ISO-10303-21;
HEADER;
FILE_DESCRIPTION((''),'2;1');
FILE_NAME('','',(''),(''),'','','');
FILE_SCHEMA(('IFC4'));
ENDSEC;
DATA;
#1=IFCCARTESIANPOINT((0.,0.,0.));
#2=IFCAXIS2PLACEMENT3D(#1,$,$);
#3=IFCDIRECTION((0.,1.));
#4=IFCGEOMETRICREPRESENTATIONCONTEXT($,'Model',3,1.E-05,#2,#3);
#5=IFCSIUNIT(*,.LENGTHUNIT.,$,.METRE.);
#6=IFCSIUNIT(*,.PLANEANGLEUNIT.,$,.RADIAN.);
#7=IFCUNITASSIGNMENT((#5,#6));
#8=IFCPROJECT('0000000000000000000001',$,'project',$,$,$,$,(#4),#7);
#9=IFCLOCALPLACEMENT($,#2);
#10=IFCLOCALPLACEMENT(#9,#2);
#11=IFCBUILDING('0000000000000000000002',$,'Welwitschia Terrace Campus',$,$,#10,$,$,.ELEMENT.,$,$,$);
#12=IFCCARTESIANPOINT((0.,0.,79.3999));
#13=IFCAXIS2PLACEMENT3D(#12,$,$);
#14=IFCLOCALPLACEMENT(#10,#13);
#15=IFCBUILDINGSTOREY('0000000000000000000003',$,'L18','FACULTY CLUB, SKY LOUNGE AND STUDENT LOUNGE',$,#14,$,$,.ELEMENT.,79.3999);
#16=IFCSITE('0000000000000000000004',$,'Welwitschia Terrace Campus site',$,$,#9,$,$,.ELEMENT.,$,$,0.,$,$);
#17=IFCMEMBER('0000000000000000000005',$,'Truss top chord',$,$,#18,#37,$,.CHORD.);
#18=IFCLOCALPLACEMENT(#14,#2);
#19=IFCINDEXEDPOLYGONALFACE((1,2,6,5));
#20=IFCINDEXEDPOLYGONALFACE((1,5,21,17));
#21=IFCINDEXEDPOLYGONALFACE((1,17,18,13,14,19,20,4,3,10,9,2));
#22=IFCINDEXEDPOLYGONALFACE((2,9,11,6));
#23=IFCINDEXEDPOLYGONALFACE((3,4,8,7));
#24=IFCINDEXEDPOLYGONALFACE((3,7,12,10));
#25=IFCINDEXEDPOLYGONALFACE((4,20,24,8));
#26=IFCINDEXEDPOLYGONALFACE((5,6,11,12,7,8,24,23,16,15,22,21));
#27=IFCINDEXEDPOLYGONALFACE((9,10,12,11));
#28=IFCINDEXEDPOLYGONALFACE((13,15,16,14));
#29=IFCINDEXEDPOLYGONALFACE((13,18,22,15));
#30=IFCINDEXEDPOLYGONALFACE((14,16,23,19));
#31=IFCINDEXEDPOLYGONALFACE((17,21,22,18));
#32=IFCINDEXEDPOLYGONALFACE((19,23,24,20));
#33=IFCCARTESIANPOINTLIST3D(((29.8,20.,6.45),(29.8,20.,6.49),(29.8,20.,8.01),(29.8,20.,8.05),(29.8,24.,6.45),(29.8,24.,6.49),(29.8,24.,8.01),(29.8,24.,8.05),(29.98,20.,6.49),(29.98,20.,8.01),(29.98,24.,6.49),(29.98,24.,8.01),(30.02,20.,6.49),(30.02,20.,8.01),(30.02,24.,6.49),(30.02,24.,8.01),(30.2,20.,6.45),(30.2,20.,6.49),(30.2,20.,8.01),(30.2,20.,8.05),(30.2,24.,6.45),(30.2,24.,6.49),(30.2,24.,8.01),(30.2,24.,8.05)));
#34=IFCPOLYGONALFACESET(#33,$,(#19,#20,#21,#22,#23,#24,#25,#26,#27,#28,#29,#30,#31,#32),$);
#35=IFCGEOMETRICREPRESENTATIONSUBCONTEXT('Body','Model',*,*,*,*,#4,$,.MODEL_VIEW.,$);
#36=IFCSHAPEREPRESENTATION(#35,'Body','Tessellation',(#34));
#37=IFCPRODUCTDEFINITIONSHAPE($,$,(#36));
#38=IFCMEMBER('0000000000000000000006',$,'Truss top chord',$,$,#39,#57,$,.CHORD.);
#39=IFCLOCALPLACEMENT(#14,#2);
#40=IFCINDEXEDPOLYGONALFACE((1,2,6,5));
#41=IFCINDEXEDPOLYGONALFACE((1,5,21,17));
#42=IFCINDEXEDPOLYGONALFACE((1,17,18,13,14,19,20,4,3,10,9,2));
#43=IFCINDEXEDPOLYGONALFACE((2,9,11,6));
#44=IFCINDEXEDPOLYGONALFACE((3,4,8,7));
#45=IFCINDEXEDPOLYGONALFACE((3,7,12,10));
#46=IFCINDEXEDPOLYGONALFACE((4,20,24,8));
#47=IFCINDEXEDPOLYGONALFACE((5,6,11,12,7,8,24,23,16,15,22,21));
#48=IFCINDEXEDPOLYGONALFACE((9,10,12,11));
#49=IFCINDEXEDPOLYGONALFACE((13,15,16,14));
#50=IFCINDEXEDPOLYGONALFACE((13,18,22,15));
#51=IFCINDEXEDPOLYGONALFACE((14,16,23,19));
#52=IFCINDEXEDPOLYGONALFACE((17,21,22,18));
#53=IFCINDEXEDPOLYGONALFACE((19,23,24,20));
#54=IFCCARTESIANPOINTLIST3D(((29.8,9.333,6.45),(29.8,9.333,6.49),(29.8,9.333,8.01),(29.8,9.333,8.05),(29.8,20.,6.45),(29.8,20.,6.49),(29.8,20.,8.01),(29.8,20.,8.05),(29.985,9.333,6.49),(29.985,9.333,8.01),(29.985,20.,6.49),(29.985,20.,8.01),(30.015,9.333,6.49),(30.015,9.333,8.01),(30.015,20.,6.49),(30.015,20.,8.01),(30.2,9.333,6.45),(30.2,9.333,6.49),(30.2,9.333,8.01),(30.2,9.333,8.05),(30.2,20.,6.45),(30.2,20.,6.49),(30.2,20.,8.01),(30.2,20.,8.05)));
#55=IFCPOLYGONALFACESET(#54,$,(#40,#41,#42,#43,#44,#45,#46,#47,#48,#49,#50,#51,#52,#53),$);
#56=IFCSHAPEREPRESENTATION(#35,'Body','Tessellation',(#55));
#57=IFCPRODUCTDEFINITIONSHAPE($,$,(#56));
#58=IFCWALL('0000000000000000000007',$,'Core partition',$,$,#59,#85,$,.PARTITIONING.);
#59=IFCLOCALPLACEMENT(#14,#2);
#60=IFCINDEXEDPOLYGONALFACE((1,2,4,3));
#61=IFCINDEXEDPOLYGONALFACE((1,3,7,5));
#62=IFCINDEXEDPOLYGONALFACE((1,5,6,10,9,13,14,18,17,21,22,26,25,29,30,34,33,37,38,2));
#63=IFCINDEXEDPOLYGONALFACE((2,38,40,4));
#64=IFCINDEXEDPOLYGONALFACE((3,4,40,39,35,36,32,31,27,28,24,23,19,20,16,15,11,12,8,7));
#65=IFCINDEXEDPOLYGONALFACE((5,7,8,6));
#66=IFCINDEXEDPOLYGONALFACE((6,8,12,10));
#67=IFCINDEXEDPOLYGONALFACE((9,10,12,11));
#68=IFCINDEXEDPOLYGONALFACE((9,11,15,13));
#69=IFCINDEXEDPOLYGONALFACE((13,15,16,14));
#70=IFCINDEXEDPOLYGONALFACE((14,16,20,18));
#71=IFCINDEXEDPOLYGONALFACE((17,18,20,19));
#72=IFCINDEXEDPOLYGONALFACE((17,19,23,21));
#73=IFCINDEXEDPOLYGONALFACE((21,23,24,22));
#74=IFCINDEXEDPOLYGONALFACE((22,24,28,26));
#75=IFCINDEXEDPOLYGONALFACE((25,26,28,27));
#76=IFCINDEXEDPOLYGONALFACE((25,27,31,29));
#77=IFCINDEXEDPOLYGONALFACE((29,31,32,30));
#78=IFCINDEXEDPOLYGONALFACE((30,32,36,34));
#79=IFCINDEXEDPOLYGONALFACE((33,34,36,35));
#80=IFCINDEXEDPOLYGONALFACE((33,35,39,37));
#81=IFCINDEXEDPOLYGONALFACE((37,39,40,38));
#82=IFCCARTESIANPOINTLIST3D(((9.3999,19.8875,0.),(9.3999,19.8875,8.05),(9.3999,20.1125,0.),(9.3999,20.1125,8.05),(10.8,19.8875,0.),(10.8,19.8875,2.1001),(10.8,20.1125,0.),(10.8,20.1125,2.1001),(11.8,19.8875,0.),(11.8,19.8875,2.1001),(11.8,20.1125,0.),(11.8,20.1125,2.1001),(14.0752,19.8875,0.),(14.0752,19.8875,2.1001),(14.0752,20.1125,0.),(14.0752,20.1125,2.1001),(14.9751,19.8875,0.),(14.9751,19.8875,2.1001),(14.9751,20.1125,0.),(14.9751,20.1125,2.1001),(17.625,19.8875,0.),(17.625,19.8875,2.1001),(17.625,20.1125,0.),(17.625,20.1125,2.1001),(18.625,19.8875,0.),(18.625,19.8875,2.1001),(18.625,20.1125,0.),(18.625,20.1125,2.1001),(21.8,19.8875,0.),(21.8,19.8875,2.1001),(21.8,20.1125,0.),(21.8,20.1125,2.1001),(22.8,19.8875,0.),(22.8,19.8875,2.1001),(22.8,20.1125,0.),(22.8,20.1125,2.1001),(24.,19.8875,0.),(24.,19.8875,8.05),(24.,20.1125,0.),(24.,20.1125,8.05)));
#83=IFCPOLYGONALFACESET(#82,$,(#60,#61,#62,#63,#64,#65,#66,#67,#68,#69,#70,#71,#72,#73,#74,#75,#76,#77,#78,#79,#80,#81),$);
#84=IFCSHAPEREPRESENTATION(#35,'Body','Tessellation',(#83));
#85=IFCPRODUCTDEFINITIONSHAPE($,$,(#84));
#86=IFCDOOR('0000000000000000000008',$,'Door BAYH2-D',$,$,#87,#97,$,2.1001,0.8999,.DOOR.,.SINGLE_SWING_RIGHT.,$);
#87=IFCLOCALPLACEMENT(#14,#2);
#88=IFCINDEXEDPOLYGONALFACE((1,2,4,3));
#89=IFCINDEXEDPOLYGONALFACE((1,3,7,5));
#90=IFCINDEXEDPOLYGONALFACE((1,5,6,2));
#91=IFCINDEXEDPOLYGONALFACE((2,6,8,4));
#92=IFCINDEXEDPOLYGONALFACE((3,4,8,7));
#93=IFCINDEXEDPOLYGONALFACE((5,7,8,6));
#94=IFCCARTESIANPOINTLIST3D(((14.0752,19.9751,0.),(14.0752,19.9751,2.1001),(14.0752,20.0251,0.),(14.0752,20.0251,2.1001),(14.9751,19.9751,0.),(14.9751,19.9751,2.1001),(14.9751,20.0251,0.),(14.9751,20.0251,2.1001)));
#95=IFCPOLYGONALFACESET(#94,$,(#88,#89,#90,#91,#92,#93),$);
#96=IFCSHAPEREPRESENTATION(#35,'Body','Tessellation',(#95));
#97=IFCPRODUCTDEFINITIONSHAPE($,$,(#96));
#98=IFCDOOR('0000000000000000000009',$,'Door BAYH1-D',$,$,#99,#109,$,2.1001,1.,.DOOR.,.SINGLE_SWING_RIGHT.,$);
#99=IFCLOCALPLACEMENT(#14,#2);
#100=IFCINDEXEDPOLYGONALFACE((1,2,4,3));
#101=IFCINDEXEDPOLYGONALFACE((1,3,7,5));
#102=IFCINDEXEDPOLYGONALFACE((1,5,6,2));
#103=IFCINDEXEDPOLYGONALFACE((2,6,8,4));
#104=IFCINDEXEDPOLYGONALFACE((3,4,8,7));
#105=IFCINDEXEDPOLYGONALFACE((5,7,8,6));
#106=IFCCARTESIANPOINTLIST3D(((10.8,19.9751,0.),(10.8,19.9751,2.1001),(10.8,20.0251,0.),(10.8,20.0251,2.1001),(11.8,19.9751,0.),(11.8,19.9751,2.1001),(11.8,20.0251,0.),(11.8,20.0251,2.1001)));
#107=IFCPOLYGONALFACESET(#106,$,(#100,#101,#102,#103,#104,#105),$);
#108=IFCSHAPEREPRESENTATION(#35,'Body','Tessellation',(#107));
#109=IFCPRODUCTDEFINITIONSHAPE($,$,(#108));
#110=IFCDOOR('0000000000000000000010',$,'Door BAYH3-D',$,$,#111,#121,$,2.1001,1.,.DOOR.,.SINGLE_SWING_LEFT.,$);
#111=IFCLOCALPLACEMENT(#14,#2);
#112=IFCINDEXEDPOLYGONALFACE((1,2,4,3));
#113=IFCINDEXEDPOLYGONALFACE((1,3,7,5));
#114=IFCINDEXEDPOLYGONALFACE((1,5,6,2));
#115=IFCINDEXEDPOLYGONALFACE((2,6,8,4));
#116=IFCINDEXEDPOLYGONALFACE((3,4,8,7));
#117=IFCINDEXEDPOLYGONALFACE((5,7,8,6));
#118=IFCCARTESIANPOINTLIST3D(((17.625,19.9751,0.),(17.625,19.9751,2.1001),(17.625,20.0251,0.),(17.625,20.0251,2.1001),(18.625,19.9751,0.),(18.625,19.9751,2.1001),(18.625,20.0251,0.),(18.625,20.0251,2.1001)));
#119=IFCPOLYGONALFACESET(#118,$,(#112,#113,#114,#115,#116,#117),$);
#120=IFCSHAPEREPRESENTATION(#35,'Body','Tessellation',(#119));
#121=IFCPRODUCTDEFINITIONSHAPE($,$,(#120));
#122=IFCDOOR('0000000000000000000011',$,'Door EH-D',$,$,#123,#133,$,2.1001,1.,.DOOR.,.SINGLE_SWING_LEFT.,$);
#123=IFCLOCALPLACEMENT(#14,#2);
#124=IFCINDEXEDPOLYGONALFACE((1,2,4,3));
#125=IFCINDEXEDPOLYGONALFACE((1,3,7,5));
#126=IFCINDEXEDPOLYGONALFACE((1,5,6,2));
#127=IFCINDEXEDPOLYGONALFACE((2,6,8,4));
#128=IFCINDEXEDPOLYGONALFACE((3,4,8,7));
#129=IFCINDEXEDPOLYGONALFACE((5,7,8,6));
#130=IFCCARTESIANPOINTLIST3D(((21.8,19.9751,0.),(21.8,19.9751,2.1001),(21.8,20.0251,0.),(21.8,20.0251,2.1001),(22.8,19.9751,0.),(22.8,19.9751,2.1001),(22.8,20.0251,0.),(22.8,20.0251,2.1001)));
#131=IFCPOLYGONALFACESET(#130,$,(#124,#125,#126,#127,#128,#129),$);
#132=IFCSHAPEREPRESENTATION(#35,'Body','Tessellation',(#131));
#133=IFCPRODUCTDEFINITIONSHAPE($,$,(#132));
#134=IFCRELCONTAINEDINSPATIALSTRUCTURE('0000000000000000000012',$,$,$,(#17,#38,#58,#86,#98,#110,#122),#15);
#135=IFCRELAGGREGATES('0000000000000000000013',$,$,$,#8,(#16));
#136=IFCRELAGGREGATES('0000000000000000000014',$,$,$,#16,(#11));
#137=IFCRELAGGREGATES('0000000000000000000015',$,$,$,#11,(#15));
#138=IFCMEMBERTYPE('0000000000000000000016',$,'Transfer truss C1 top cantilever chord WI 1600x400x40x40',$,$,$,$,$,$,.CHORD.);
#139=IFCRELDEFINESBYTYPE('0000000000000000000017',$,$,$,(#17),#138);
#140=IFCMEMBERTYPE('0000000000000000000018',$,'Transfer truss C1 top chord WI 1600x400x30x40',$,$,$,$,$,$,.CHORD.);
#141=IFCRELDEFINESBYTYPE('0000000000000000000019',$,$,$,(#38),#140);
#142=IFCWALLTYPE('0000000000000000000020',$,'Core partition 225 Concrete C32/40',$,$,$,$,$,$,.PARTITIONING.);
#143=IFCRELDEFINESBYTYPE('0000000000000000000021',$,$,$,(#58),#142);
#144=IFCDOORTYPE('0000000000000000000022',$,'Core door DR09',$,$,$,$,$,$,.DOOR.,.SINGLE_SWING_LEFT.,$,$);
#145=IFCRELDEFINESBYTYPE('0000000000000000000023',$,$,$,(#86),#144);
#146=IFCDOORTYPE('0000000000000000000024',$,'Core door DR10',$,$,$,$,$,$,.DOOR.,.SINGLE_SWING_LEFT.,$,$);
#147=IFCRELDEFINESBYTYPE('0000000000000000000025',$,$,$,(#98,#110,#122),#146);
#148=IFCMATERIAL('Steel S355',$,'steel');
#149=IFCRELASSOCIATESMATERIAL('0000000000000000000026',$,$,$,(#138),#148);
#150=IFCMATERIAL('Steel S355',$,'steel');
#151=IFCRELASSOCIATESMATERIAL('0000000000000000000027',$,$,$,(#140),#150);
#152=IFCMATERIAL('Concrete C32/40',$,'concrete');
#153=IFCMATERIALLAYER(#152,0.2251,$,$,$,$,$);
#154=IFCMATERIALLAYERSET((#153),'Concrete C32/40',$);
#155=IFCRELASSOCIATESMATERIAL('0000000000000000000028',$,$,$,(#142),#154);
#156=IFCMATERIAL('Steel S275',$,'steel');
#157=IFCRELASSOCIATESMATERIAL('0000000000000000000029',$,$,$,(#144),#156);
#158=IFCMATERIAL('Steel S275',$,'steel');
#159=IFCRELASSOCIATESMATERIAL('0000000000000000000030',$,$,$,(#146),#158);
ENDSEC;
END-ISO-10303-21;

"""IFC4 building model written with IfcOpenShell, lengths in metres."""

from ifc_helpers import new_model, si_unit, direction, frame, frame_2d, origin, origin_2d, place, context, subcontext, project, spatial, rectangle, i_section, extrude, material, layer, layer_set, material_profile, profile_set, type_object, element, fill, save


model = new_model("IFC4")

# Units and contexts
model_context = context("Model", 3, precision=1e-05, world=origin(), true_north=direction((0.0, 1.0)))
body_context = subcontext(model_context, "Body", "Model", "MODEL_VIEW")
ifc_project = project(units=[si_unit("LENGTHUNIT", "METRE"), si_unit("PLANEANGLEUNIT", "RADIAN")], contexts=[model_context])

# Site, building, storey
site_placement = place(None, origin())
site = spatial("IfcSite", under=ifc_project, at=site_placement, Name="Welwitschia Terrace Campus site", CompositionType="ELEMENT", RefElevation=0.0)
building_placement = place(site_placement, origin())
building = spatial("IfcBuilding", under=site, at=building_placement, Name="Welwitschia Terrace Campus", CompositionType="ELEMENT")
storey_placement = place(building_placement, frame((0.0, 0.0, 79.3999)))
storey = spatial("IfcBuildingStorey", under=building, at=storey_placement, Name="L18", Description="FACULTY CLUB, SKY LOUNGE AND STUDENT LOUNGE", CompositionType="ELEMENT", Elevation=79.3999)

# Members
ifc_material_1 = material(Name="Steel S355", Category="steel")
ifc_material_profile_1 = material_profile(ifc_material_1, i_section(OverallWidth=0.3999, OverallDepth=1.6001, WebThickness=0.04, FlangeThickness=0.04, at=origin_2d()))
ifc_profile_set_1 = profile_set([ifc_material_profile_1], Name="Steel S355")
member_type_1 = type_object("IfcMemberType", Name="Transfer truss C1 top cantilever chord WI 1600x400x40x40", PredefinedType="CHORD", material=ifc_profile_set_1)
member_1_placement = place(storey_placement, frame((30.0, 20.0, 7.25), z_axis=(0.0, 1.0, 0.0), x_axis=(-1.0, 0.0, 0.0)))
element("IfcMember", 1, at=member_1_placement, inside=storey, type_object=member_type_1, Name="Truss top chord", PredefinedType="CHORD", context=body_context, shape_type="SweptSolid", body=[
    extrude(i_section(OverallWidth=0.3999, OverallDepth=1.6001, WebThickness=0.04, FlangeThickness=0.04, at=origin_2d()), origin(), (0.0, 0.0, 1.0), 4.0),
])
ifc_material_2 = material(Name="Steel S355", Category="steel")
ifc_material_profile_2 = material_profile(ifc_material_2, i_section(OverallWidth=0.3999, OverallDepth=1.6001, WebThickness=0.03, FlangeThickness=0.04, at=origin_2d()))
ifc_profile_set_2 = profile_set([ifc_material_profile_2], Name="Steel S355")
member_type_2 = type_object("IfcMemberType", Name="Transfer truss C1 top chord WI 1600x400x30x40", PredefinedType="CHORD", material=ifc_profile_set_2)
member_2_placement = place(storey_placement, frame((30.0, 9.333, 7.25), z_axis=(0.0, 1.0, 0.0), x_axis=(-1.0, 0.0, 0.0)))
element("IfcMember", 2, at=member_2_placement, inside=storey, type_object=member_type_2, Name="Truss top chord", PredefinedType="CHORD", context=body_context, shape_type="SweptSolid", body=[
    extrude(i_section(OverallWidth=0.3999, OverallDepth=1.6001, WebThickness=0.03, FlangeThickness=0.04, at=origin_2d()), origin(), (0.0, 0.0, 1.0), 10.667),
])

# Wall, openings, doors
ifc_material_3 = material(Name="Concrete C32/40", Category="concrete")
ifc_layer_1 = layer(ifc_material_3, 0.2251)
ifc_layer_set_1 = layer_set([ifc_layer_1], Name="Concrete C32/40")
wall_type_1 = type_object("IfcWallType", Name="Core partition 225 Concrete C32/40", PredefinedType="PARTITIONING", material=ifc_layer_set_1)
wall_1_placement = place(storey_placement, frame((24.0, 20.0, 0.0), z_axis=(0.0, 0.0, 1.0), x_axis=(-1.0, 0.0, 0.0)))
wall_1 = element("IfcWall", 3, at=wall_1_placement, inside=storey, type_object=wall_type_1, Name="Core partition", PredefinedType="PARTITIONING", context=body_context, shape_type="SweptSolid", body=[
    extrude(rectangle(XDim=14.6001, YDim=0.2251, at=frame_2d((7.3, 0.0))), origin(), (0.0, 0.0, 1.0), 8.05),
])
opening_1_placement = place(wall_1_placement, frame((12.2, 0.0, 0.0)))
opening_1 = element("IfcOpeningElement", 4, at=opening_1_placement, cuts=wall_1, PredefinedType="OPENING", context=body_context, shape_type="SweptSolid", body=[
    extrude(rectangle(XDim=1.0, YDim=2.1001, at=frame_2d((0.5, 1.05))), frame((0.0, 0.1226, 0.0), z_axis=(0.0, -1.0, 0.0), x_axis=(1.0, 0.0, 0.0)), (0.0, 0.0, 1.0), 0.2451),
])
opening_2_placement = place(wall_1_placement, frame((9.0249, 0.0, 0.0)))
opening_2 = element("IfcOpeningElement", 5, at=opening_2_placement, cuts=wall_1, PredefinedType="OPENING", context=body_context, shape_type="SweptSolid", body=[
    extrude(rectangle(XDim=0.8999, YDim=2.1001, at=frame_2d((0.45, 1.05))), frame((0.0, 0.1226, 0.0), z_axis=(0.0, -1.0, 0.0), x_axis=(1.0, 0.0, 0.0)), (0.0, 0.0, 1.0), 0.2451),
])
opening_3_placement = place(wall_1_placement, frame((5.375, 0.0, 0.0)))
opening_3 = element("IfcOpeningElement", 6, at=opening_3_placement, cuts=wall_1, PredefinedType="OPENING", context=body_context, shape_type="SweptSolid", body=[
    extrude(rectangle(XDim=1.0, YDim=2.1001, at=frame_2d((0.5, 1.05))), frame((0.0, 0.1226, 0.0), z_axis=(0.0, -1.0, 0.0), x_axis=(1.0, 0.0, 0.0)), (0.0, 0.0, 1.0), 0.2451),
])
opening_4_placement = place(wall_1_placement, frame((1.2, 0.0, 0.0)))
opening_4 = element("IfcOpeningElement", 7, at=opening_4_placement, cuts=wall_1, PredefinedType="OPENING", context=body_context, shape_type="SweptSolid", body=[
    extrude(rectangle(XDim=1.0, YDim=2.1001, at=frame_2d((0.5, 1.05))), frame((0.0, 0.1226, 0.0), z_axis=(0.0, -1.0, 0.0), x_axis=(1.0, 0.0, 0.0)), (0.0, 0.0, 1.0), 0.2451),
])
ifc_material_4 = material(Name="Steel S275", Category="steel")
door_type_1 = type_object("IfcDoorType", Name="Core door DR09", OperationType="SINGLE_SWING_LEFT", PredefinedType="DOOR", material=ifc_material_4)
door_1_placement = place(opening_2_placement, origin())
door_1 = element("IfcDoor", 8, at=door_1_placement, inside=storey, type_object=door_type_1, Name="Door BAYH2-D", OperationType="SINGLE_SWING_RIGHT", OverallHeight=2.1001, OverallWidth=0.8999, PredefinedType="DOOR", context=body_context, shape_type="SweptSolid", body=[
    extrude(rectangle(XDim=0.8999, YDim=2.1001, at=frame_2d((0.45, 1.05))), frame((0.0, 0.0249, 0.0), z_axis=(0.0, -1.0, 0.0), x_axis=(1.0, 0.0, 0.0)), (0.0, 0.0, 1.0), 0.05),
])
fill(opening_2, door_1)
ifc_material_5 = material(Name="Steel S275", Category="steel")
door_type_2 = type_object("IfcDoorType", Name="Core door DR10", OperationType="SINGLE_SWING_LEFT", PredefinedType="DOOR", material=ifc_material_5)
door_2_placement = place(opening_1_placement, origin())
door_2 = element("IfcDoor", 9, at=door_2_placement, inside=storey, type_object=door_type_2, Name="Door BAYH1-D", OperationType="SINGLE_SWING_RIGHT", OverallHeight=2.1001, OverallWidth=1.0, PredefinedType="DOOR", context=body_context, shape_type="SweptSolid", body=[
    extrude(rectangle(XDim=1.0, YDim=2.1001, at=frame_2d((0.5, 1.05))), frame((0.0, 0.0249, 0.0), z_axis=(0.0, -1.0, 0.0), x_axis=(1.0, 0.0, 0.0)), (0.0, 0.0, 1.0), 0.05),
])
fill(opening_1, door_2)
door_3_placement = place(opening_3_placement, origin())
door_3 = element("IfcDoor", 10, at=door_3_placement, inside=storey, type_object=door_type_2, Name="Door BAYH3-D", OperationType="SINGLE_SWING_LEFT", OverallHeight=2.1001, OverallWidth=1.0, PredefinedType="DOOR", context=body_context, shape_type="SweptSolid", body=[
    extrude(rectangle(XDim=1.0, YDim=2.1001, at=frame_2d((0.5, 1.05))), frame((0.0, 0.0249, 0.0), z_axis=(0.0, -1.0, 0.0), x_axis=(1.0, 0.0, 0.0)), (0.0, 0.0, 1.0), 0.05),
])
fill(opening_3, door_3)
door_4_placement = place(opening_4_placement, origin())
door_4 = element("IfcDoor", 11, at=door_4_placement, inside=storey, type_object=door_type_2, Name="Door EH-D", OperationType="SINGLE_SWING_LEFT", OverallHeight=2.1001, OverallWidth=1.0, PredefinedType="DOOR", context=body_context, shape_type="SweptSolid", body=[
    extrude(rectangle(XDim=1.0, YDim=2.1001, at=frame_2d((0.5, 1.05))), frame((0.0, 0.0249, 0.0), z_axis=(0.0, -1.0, 0.0), x_axis=(1.0, 0.0, 0.0)), (0.0, 0.0, 1.0), 0.05),
])
fill(opening_4, door_4)

save(model, "model.ifc")
